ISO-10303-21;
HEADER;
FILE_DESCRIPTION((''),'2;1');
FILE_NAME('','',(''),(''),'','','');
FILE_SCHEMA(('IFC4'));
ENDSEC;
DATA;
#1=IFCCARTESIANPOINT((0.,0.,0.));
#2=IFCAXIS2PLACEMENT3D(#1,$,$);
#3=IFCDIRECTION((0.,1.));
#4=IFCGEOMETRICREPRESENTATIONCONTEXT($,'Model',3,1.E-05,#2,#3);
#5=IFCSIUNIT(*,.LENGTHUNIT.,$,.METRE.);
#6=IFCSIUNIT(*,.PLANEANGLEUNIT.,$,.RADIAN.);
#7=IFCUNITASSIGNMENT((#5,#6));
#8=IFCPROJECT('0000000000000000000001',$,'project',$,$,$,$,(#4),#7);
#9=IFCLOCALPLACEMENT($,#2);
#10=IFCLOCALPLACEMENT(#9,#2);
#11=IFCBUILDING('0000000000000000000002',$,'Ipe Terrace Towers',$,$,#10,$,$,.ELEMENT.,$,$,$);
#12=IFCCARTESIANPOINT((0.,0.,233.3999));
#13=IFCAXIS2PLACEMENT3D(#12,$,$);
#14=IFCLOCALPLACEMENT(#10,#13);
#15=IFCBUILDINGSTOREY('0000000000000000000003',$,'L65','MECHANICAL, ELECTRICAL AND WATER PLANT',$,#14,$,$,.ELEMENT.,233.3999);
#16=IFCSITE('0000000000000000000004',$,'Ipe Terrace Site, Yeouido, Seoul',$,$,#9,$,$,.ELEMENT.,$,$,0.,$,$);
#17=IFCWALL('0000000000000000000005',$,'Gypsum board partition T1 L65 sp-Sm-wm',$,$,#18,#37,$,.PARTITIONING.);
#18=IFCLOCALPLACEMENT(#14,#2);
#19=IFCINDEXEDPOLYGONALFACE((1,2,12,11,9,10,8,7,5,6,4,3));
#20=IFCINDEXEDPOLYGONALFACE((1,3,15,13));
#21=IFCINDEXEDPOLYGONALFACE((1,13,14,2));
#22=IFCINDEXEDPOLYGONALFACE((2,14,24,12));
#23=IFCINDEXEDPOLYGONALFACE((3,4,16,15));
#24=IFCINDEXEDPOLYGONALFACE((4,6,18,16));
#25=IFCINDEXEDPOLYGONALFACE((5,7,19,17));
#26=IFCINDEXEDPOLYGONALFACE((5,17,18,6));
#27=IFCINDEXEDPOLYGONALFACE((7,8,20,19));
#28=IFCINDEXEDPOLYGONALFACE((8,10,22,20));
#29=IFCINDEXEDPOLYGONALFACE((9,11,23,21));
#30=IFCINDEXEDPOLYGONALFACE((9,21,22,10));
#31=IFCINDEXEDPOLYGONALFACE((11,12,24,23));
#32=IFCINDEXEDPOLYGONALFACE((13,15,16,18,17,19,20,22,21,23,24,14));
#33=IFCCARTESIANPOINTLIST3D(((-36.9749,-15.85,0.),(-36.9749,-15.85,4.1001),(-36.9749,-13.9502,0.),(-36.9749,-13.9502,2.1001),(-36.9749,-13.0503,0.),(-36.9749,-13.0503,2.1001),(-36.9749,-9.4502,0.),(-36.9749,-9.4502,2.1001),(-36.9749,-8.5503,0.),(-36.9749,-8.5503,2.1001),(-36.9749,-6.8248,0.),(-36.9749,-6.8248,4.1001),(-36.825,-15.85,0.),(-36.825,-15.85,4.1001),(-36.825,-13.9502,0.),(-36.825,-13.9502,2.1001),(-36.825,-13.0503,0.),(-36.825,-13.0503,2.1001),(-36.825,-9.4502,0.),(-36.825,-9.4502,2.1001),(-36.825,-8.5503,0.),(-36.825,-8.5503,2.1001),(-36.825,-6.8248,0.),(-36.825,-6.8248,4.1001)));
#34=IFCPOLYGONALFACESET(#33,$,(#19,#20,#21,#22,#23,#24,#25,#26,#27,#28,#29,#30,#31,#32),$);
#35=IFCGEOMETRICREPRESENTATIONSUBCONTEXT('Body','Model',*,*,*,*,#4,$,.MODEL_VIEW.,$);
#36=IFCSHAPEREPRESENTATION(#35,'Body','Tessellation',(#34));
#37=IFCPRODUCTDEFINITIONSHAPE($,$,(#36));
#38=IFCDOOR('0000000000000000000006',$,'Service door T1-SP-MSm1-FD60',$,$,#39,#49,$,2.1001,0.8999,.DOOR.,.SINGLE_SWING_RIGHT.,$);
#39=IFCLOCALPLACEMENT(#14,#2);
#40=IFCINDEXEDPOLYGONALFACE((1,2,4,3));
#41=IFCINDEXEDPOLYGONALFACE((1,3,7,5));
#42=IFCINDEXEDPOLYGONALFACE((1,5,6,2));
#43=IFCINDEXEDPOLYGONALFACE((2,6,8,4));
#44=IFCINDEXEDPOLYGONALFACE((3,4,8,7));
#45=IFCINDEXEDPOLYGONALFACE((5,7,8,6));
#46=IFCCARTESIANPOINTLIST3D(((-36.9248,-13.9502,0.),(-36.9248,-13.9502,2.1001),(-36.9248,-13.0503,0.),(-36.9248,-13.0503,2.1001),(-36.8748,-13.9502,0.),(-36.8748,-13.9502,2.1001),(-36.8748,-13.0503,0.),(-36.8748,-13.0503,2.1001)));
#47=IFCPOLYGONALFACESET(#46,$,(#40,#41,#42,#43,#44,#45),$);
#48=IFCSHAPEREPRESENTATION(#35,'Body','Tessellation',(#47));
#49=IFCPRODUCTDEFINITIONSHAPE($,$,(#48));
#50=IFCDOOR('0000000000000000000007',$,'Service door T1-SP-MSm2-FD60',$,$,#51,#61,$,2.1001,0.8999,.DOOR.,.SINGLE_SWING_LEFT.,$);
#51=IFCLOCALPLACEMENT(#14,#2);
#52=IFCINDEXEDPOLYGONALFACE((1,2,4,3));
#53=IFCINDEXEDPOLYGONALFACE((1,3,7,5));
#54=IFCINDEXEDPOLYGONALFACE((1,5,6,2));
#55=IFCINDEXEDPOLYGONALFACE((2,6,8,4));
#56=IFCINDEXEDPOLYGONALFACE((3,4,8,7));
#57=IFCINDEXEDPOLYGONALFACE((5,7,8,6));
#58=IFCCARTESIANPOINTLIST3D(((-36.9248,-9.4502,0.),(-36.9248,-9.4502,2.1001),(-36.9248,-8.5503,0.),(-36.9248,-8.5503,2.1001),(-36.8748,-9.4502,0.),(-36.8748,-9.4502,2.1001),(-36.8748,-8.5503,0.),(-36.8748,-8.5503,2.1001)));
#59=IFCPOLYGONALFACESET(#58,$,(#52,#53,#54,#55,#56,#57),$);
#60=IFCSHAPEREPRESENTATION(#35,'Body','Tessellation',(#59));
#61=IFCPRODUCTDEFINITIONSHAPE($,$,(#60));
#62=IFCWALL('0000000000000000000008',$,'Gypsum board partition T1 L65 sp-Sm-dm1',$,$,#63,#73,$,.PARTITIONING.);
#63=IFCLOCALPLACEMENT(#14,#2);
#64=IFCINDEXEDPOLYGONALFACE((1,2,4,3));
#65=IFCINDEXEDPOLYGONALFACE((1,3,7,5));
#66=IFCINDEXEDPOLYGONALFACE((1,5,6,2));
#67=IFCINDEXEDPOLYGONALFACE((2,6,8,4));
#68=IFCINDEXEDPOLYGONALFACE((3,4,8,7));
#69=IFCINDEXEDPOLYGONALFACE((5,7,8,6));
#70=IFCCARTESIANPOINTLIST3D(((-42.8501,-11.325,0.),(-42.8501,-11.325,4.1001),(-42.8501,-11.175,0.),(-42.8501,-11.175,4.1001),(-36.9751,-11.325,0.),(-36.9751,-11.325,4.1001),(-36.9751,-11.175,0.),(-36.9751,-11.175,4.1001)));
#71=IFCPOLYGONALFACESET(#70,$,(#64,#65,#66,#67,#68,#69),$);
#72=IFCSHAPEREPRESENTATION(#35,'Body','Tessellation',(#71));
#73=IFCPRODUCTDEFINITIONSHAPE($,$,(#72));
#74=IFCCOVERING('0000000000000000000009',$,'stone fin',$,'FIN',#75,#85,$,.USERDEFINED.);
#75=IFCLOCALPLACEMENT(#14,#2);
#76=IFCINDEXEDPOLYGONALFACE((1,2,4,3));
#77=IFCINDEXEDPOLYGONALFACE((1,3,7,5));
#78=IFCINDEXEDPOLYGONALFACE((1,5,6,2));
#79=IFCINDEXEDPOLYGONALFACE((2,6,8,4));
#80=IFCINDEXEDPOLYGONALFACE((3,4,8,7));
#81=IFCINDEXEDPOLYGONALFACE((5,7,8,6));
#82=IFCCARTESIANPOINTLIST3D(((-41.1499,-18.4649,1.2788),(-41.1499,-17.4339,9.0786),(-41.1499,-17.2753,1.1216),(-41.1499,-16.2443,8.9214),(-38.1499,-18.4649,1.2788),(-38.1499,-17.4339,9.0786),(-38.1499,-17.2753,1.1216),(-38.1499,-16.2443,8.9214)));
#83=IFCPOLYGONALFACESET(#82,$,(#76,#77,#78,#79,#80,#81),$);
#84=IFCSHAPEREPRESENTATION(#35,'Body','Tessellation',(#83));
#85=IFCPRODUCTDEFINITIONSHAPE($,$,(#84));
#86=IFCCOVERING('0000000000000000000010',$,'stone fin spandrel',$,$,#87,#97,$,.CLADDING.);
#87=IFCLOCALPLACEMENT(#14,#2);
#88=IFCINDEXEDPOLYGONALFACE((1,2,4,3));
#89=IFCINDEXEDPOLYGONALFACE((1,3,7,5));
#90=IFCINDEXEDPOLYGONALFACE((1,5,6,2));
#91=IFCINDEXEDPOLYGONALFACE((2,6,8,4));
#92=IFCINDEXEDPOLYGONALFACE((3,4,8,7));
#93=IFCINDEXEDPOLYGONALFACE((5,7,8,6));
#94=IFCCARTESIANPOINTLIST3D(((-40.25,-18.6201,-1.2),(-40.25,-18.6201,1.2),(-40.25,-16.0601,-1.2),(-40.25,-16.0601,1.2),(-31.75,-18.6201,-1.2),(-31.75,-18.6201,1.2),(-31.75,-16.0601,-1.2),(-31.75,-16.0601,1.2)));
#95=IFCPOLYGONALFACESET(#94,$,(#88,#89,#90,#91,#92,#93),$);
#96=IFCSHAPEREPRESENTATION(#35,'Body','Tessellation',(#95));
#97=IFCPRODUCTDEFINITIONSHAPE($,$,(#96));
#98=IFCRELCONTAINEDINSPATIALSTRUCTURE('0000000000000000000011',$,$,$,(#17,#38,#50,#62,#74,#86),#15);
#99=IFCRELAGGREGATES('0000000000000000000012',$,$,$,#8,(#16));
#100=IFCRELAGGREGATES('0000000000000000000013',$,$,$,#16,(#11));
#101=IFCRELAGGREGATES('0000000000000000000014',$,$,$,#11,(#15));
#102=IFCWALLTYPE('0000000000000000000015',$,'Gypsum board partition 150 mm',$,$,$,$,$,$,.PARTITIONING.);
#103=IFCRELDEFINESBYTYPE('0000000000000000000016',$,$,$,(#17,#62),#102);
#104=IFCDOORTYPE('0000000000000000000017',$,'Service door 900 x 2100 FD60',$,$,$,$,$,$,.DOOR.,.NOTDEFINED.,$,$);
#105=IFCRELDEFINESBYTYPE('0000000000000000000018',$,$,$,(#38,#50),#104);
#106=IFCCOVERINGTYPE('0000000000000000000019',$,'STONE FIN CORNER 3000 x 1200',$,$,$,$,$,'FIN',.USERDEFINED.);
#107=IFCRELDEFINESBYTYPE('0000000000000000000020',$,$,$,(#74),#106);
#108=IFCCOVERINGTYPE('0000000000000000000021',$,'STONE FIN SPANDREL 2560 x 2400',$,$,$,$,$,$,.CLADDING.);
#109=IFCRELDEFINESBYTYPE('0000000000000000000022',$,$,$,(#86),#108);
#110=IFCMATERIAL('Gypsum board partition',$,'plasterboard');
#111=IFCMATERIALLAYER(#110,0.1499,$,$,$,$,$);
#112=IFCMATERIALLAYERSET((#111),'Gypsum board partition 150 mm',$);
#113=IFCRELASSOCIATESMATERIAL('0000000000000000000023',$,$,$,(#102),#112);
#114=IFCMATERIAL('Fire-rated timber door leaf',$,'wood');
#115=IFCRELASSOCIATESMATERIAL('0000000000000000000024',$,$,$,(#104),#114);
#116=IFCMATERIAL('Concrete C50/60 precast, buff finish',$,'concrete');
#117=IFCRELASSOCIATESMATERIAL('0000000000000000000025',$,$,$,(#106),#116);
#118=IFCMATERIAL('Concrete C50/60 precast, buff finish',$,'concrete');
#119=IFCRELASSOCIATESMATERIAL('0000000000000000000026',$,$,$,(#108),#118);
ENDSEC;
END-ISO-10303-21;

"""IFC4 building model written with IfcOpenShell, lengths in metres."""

from ifc_helpers import new_model, si_unit, direction, frame, frame_2d, origin, origin_2d, place, context, subcontext, project, spatial, rectangle, extrude, material, layer, layer_set, material_profile, profile_set, type_object, element, fill, save


model = new_model("IFC4")

# Units and contexts
model_context = context("Model", 3, precision=1e-05, world=origin(), true_north=direction((0.0, 1.0)))
body_context = subcontext(model_context, "Body", "Model", "MODEL_VIEW")
ifc_project = project(units=[si_unit("LENGTHUNIT", "METRE"), si_unit("PLANEANGLEUNIT", "RADIAN")], contexts=[model_context])

# Site, building, storey
site_placement = place(None, origin())
site = spatial("IfcSite", under=ifc_project, at=site_placement, Name="Ipe Terrace Site, Yeouido, Seoul", CompositionType="ELEMENT", RefElevation=0.0)
building_placement = place(site_placement, origin())
building = spatial("IfcBuilding", under=site, at=building_placement, Name="Ipe Terrace Towers", CompositionType="ELEMENT")
storey_placement = place(building_placement, frame((0.0, 0.0, 233.3999)))
storey = spatial("IfcBuildingStorey", under=building, at=storey_placement, Name="L65", Description="MECHANICAL, ELECTRICAL AND WATER PLANT", CompositionType="ELEMENT", Elevation=233.3999)

# Shared definitions
ifc_material_1 = material(Name="Gypsum board partition", Category="plasterboard")
ifc_layer_1 = layer(ifc_material_1, 0.1499)
ifc_layer_set_1 = layer_set([ifc_layer_1], Name="Gypsum board partition 150 mm")
wall_type_1 = type_object("IfcWallType", Name="Gypsum board partition 150 mm", PredefinedType="PARTITIONING", material=ifc_layer_set_1)

# Wall, openings, doors
wall_1_placement = place(storey_placement, frame((-36.8999, -15.8501, 0.0), z_axis=(0.0, 0.0, 1.0), x_axis=(0.0, 1.0, 0.0)))
wall_1 = element("IfcWall", 1, at=wall_1_placement, inside=storey, type_object=wall_type_1, Name="Gypsum board partition T1 L65 sp-Sm-wm", PredefinedType="PARTITIONING", context=body_context, shape_type="SweptSolid", body=[
    extrude(rectangle(XDim=9.0251, YDim=0.1499, at=frame_2d((4.5127, 0.0))), origin(), (0.0, 0.0, 1.0), 4.1001),
])
opening_1_placement = place(wall_1_placement, frame((1.8999, 0.0, 0.0)))
opening_1 = element("IfcOpeningElement", 2, at=opening_1_placement, cuts=wall_1, PredefinedType="OPENING", context=body_context, shape_type="SweptSolid", body=[
    extrude(rectangle(XDim=0.8999, YDim=2.1001, at=frame_2d((0.45, 1.05))), frame((0.0, 0.085, 0.0), z_axis=(0.0, -1.0, 0.0), x_axis=(1.0, 0.0, 0.0)), (0.0, 0.0, 1.0), 0.1699),
])
opening_2_placement = place(wall_1_placement, frame((6.3999, 0.0, 0.0)))
opening_2 = element("IfcOpeningElement", 3, at=opening_2_placement, cuts=wall_1, PredefinedType="OPENING", context=body_context, shape_type="SweptSolid", body=[
    extrude(rectangle(XDim=0.8999, YDim=2.1001, at=frame_2d((0.45, 1.05))), frame((0.0, 0.085, 0.0), z_axis=(0.0, -1.0, 0.0), x_axis=(1.0, 0.0, 0.0)), (0.0, 0.0, 1.0), 0.1699),
])
ifc_material_2 = material(Name="Fire-rated timber door leaf", Category="wood")
door_type_1 = type_object("IfcDoorType", Name="Service door 900 x 2100 FD60", OperationType="NOTDEFINED", PredefinedType="DOOR", material=ifc_material_2)
door_1_placement = place(opening_1_placement, origin())
door_1 = element("IfcDoor", 4, at=door_1_placement, inside=storey, type_object=door_type_1, Name="Service door T1-SP-MSm1-FD60", OperationType="SINGLE_SWING_RIGHT", OverallHeight=2.1001, OverallWidth=0.8999, PredefinedType="DOOR", context=body_context, shape_type="SweptSolid", body=[
    extrude(rectangle(XDim=0.8999, YDim=2.1001, at=frame_2d((0.45, 1.05))), frame((0.0, 0.0249, 0.0), z_axis=(0.0, -1.0, 0.0), x_axis=(1.0, 0.0, 0.0)), (0.0, 0.0, 1.0), 0.05),
])
fill(opening_1, door_1)
door_2_placement = place(opening_2_placement, origin())
door_2 = element("IfcDoor", 5, at=door_2_placement, inside=storey, type_object=door_type_1, Name="Service door T1-SP-MSm2-FD60", OperationType="SINGLE_SWING_LEFT", OverallHeight=2.1001, OverallWidth=0.8999, PredefinedType="DOOR", context=body_context, shape_type="SweptSolid", body=[
    extrude(rectangle(XDim=0.8999, YDim=2.1001, at=frame_2d((0.45, 1.05))), frame((0.0, 0.0249, 0.0), z_axis=(0.0, -1.0, 0.0), x_axis=(1.0, 0.0, 0.0)), (0.0, 0.0, 1.0), 0.05),
])
fill(opening_2, door_2)

# Wall
wall_2_placement = place(storey_placement, frame((-36.9751, -11.25, 0.0), z_axis=(0.0, 0.0, 1.0), x_axis=(-1.0, 0.0, 0.0)))
element("IfcWall", 6, at=wall_2_placement, inside=storey, type_object=wall_type_1, Name="Gypsum board partition T1 L65 sp-Sm-dm1", PredefinedType="PARTITIONING", context=body_context, shape_type="SweptSolid", body=[
    extrude(rectangle(XDim=5.875, YDim=0.1499, at=frame_2d((2.9375, 0.0))), origin(), (0.0, 0.0, 1.0), 4.1001),
])

# Coverings
ifc_material_3 = material(Name="Concrete C50/60 precast, buff finish", Category="concrete")
ifc_material_profile_1 = material_profile(ifc_material_3, rectangle(XDim=3.0, YDim=1.2, at=origin_2d()), Name="STONE FIN CORNER 3000 x 1200")
ifc_profile_set_1 = profile_set([ifc_material_profile_1], Name="Concrete C50/60 precast, buff finish")
covering_type_1 = type_object("IfcCoveringType", Name="STONE FIN CORNER 3000 x 1200", ElementType="FIN", PredefinedType="USERDEFINED", material=ifc_profile_set_1)
covering_1_placement = place(storey_placement, frame((-39.6499, -17.8701, 1.2002), z_axis=(0.0, 0.131044, 0.991377), x_axis=(1.0, 0.0, 0.0)))
element("IfcCovering", 7, at=covering_1_placement, inside=storey, type_object=covering_type_1, Name="stone fin", ObjectType="FIN", PredefinedType="USERDEFINED", context=body_context, shape_type="SweptSolid", body=[
    extrude(rectangle(XDim=3.0, YDim=1.2, at=origin_2d()), origin(), (0.0, 0.0, 1.0), 7.8677),
])
ifc_material_4 = material(Name="Concrete C50/60 precast, buff finish", Category="concrete")
ifc_material_profile_2 = material_profile(ifc_material_4, rectangle(XDim=2.5601, YDim=2.3999, at=origin_2d()), Name="STONE FIN SPANDREL 2560 x 2400")
ifc_profile_set_2 = profile_set([ifc_material_profile_2], Name="Concrete C50/60 precast, buff finish")
covering_type_2 = type_object("IfcCoveringType", Name="STONE FIN SPANDREL 2560 x 2400", PredefinedType="CLADDING", material=ifc_profile_set_2)
covering_2_placement = place(storey_placement, frame((-40.25, -17.3401, 0.0), z_axis=(1.0, 0.0, 0.0), x_axis=(0.0, -1.0, 0.0)))
element("IfcCovering", 8, at=covering_2_placement, inside=storey, type_object=covering_type_2, Name="stone fin spandrel", PredefinedType="CLADDING", context=body_context, shape_type="SweptSolid", body=[
    extrude(rectangle(XDim=2.5601, YDim=2.3999, at=origin_2d()), origin(), (0.0, 0.0, 1.0), 8.5),
])

save(model, "model.ifc")
